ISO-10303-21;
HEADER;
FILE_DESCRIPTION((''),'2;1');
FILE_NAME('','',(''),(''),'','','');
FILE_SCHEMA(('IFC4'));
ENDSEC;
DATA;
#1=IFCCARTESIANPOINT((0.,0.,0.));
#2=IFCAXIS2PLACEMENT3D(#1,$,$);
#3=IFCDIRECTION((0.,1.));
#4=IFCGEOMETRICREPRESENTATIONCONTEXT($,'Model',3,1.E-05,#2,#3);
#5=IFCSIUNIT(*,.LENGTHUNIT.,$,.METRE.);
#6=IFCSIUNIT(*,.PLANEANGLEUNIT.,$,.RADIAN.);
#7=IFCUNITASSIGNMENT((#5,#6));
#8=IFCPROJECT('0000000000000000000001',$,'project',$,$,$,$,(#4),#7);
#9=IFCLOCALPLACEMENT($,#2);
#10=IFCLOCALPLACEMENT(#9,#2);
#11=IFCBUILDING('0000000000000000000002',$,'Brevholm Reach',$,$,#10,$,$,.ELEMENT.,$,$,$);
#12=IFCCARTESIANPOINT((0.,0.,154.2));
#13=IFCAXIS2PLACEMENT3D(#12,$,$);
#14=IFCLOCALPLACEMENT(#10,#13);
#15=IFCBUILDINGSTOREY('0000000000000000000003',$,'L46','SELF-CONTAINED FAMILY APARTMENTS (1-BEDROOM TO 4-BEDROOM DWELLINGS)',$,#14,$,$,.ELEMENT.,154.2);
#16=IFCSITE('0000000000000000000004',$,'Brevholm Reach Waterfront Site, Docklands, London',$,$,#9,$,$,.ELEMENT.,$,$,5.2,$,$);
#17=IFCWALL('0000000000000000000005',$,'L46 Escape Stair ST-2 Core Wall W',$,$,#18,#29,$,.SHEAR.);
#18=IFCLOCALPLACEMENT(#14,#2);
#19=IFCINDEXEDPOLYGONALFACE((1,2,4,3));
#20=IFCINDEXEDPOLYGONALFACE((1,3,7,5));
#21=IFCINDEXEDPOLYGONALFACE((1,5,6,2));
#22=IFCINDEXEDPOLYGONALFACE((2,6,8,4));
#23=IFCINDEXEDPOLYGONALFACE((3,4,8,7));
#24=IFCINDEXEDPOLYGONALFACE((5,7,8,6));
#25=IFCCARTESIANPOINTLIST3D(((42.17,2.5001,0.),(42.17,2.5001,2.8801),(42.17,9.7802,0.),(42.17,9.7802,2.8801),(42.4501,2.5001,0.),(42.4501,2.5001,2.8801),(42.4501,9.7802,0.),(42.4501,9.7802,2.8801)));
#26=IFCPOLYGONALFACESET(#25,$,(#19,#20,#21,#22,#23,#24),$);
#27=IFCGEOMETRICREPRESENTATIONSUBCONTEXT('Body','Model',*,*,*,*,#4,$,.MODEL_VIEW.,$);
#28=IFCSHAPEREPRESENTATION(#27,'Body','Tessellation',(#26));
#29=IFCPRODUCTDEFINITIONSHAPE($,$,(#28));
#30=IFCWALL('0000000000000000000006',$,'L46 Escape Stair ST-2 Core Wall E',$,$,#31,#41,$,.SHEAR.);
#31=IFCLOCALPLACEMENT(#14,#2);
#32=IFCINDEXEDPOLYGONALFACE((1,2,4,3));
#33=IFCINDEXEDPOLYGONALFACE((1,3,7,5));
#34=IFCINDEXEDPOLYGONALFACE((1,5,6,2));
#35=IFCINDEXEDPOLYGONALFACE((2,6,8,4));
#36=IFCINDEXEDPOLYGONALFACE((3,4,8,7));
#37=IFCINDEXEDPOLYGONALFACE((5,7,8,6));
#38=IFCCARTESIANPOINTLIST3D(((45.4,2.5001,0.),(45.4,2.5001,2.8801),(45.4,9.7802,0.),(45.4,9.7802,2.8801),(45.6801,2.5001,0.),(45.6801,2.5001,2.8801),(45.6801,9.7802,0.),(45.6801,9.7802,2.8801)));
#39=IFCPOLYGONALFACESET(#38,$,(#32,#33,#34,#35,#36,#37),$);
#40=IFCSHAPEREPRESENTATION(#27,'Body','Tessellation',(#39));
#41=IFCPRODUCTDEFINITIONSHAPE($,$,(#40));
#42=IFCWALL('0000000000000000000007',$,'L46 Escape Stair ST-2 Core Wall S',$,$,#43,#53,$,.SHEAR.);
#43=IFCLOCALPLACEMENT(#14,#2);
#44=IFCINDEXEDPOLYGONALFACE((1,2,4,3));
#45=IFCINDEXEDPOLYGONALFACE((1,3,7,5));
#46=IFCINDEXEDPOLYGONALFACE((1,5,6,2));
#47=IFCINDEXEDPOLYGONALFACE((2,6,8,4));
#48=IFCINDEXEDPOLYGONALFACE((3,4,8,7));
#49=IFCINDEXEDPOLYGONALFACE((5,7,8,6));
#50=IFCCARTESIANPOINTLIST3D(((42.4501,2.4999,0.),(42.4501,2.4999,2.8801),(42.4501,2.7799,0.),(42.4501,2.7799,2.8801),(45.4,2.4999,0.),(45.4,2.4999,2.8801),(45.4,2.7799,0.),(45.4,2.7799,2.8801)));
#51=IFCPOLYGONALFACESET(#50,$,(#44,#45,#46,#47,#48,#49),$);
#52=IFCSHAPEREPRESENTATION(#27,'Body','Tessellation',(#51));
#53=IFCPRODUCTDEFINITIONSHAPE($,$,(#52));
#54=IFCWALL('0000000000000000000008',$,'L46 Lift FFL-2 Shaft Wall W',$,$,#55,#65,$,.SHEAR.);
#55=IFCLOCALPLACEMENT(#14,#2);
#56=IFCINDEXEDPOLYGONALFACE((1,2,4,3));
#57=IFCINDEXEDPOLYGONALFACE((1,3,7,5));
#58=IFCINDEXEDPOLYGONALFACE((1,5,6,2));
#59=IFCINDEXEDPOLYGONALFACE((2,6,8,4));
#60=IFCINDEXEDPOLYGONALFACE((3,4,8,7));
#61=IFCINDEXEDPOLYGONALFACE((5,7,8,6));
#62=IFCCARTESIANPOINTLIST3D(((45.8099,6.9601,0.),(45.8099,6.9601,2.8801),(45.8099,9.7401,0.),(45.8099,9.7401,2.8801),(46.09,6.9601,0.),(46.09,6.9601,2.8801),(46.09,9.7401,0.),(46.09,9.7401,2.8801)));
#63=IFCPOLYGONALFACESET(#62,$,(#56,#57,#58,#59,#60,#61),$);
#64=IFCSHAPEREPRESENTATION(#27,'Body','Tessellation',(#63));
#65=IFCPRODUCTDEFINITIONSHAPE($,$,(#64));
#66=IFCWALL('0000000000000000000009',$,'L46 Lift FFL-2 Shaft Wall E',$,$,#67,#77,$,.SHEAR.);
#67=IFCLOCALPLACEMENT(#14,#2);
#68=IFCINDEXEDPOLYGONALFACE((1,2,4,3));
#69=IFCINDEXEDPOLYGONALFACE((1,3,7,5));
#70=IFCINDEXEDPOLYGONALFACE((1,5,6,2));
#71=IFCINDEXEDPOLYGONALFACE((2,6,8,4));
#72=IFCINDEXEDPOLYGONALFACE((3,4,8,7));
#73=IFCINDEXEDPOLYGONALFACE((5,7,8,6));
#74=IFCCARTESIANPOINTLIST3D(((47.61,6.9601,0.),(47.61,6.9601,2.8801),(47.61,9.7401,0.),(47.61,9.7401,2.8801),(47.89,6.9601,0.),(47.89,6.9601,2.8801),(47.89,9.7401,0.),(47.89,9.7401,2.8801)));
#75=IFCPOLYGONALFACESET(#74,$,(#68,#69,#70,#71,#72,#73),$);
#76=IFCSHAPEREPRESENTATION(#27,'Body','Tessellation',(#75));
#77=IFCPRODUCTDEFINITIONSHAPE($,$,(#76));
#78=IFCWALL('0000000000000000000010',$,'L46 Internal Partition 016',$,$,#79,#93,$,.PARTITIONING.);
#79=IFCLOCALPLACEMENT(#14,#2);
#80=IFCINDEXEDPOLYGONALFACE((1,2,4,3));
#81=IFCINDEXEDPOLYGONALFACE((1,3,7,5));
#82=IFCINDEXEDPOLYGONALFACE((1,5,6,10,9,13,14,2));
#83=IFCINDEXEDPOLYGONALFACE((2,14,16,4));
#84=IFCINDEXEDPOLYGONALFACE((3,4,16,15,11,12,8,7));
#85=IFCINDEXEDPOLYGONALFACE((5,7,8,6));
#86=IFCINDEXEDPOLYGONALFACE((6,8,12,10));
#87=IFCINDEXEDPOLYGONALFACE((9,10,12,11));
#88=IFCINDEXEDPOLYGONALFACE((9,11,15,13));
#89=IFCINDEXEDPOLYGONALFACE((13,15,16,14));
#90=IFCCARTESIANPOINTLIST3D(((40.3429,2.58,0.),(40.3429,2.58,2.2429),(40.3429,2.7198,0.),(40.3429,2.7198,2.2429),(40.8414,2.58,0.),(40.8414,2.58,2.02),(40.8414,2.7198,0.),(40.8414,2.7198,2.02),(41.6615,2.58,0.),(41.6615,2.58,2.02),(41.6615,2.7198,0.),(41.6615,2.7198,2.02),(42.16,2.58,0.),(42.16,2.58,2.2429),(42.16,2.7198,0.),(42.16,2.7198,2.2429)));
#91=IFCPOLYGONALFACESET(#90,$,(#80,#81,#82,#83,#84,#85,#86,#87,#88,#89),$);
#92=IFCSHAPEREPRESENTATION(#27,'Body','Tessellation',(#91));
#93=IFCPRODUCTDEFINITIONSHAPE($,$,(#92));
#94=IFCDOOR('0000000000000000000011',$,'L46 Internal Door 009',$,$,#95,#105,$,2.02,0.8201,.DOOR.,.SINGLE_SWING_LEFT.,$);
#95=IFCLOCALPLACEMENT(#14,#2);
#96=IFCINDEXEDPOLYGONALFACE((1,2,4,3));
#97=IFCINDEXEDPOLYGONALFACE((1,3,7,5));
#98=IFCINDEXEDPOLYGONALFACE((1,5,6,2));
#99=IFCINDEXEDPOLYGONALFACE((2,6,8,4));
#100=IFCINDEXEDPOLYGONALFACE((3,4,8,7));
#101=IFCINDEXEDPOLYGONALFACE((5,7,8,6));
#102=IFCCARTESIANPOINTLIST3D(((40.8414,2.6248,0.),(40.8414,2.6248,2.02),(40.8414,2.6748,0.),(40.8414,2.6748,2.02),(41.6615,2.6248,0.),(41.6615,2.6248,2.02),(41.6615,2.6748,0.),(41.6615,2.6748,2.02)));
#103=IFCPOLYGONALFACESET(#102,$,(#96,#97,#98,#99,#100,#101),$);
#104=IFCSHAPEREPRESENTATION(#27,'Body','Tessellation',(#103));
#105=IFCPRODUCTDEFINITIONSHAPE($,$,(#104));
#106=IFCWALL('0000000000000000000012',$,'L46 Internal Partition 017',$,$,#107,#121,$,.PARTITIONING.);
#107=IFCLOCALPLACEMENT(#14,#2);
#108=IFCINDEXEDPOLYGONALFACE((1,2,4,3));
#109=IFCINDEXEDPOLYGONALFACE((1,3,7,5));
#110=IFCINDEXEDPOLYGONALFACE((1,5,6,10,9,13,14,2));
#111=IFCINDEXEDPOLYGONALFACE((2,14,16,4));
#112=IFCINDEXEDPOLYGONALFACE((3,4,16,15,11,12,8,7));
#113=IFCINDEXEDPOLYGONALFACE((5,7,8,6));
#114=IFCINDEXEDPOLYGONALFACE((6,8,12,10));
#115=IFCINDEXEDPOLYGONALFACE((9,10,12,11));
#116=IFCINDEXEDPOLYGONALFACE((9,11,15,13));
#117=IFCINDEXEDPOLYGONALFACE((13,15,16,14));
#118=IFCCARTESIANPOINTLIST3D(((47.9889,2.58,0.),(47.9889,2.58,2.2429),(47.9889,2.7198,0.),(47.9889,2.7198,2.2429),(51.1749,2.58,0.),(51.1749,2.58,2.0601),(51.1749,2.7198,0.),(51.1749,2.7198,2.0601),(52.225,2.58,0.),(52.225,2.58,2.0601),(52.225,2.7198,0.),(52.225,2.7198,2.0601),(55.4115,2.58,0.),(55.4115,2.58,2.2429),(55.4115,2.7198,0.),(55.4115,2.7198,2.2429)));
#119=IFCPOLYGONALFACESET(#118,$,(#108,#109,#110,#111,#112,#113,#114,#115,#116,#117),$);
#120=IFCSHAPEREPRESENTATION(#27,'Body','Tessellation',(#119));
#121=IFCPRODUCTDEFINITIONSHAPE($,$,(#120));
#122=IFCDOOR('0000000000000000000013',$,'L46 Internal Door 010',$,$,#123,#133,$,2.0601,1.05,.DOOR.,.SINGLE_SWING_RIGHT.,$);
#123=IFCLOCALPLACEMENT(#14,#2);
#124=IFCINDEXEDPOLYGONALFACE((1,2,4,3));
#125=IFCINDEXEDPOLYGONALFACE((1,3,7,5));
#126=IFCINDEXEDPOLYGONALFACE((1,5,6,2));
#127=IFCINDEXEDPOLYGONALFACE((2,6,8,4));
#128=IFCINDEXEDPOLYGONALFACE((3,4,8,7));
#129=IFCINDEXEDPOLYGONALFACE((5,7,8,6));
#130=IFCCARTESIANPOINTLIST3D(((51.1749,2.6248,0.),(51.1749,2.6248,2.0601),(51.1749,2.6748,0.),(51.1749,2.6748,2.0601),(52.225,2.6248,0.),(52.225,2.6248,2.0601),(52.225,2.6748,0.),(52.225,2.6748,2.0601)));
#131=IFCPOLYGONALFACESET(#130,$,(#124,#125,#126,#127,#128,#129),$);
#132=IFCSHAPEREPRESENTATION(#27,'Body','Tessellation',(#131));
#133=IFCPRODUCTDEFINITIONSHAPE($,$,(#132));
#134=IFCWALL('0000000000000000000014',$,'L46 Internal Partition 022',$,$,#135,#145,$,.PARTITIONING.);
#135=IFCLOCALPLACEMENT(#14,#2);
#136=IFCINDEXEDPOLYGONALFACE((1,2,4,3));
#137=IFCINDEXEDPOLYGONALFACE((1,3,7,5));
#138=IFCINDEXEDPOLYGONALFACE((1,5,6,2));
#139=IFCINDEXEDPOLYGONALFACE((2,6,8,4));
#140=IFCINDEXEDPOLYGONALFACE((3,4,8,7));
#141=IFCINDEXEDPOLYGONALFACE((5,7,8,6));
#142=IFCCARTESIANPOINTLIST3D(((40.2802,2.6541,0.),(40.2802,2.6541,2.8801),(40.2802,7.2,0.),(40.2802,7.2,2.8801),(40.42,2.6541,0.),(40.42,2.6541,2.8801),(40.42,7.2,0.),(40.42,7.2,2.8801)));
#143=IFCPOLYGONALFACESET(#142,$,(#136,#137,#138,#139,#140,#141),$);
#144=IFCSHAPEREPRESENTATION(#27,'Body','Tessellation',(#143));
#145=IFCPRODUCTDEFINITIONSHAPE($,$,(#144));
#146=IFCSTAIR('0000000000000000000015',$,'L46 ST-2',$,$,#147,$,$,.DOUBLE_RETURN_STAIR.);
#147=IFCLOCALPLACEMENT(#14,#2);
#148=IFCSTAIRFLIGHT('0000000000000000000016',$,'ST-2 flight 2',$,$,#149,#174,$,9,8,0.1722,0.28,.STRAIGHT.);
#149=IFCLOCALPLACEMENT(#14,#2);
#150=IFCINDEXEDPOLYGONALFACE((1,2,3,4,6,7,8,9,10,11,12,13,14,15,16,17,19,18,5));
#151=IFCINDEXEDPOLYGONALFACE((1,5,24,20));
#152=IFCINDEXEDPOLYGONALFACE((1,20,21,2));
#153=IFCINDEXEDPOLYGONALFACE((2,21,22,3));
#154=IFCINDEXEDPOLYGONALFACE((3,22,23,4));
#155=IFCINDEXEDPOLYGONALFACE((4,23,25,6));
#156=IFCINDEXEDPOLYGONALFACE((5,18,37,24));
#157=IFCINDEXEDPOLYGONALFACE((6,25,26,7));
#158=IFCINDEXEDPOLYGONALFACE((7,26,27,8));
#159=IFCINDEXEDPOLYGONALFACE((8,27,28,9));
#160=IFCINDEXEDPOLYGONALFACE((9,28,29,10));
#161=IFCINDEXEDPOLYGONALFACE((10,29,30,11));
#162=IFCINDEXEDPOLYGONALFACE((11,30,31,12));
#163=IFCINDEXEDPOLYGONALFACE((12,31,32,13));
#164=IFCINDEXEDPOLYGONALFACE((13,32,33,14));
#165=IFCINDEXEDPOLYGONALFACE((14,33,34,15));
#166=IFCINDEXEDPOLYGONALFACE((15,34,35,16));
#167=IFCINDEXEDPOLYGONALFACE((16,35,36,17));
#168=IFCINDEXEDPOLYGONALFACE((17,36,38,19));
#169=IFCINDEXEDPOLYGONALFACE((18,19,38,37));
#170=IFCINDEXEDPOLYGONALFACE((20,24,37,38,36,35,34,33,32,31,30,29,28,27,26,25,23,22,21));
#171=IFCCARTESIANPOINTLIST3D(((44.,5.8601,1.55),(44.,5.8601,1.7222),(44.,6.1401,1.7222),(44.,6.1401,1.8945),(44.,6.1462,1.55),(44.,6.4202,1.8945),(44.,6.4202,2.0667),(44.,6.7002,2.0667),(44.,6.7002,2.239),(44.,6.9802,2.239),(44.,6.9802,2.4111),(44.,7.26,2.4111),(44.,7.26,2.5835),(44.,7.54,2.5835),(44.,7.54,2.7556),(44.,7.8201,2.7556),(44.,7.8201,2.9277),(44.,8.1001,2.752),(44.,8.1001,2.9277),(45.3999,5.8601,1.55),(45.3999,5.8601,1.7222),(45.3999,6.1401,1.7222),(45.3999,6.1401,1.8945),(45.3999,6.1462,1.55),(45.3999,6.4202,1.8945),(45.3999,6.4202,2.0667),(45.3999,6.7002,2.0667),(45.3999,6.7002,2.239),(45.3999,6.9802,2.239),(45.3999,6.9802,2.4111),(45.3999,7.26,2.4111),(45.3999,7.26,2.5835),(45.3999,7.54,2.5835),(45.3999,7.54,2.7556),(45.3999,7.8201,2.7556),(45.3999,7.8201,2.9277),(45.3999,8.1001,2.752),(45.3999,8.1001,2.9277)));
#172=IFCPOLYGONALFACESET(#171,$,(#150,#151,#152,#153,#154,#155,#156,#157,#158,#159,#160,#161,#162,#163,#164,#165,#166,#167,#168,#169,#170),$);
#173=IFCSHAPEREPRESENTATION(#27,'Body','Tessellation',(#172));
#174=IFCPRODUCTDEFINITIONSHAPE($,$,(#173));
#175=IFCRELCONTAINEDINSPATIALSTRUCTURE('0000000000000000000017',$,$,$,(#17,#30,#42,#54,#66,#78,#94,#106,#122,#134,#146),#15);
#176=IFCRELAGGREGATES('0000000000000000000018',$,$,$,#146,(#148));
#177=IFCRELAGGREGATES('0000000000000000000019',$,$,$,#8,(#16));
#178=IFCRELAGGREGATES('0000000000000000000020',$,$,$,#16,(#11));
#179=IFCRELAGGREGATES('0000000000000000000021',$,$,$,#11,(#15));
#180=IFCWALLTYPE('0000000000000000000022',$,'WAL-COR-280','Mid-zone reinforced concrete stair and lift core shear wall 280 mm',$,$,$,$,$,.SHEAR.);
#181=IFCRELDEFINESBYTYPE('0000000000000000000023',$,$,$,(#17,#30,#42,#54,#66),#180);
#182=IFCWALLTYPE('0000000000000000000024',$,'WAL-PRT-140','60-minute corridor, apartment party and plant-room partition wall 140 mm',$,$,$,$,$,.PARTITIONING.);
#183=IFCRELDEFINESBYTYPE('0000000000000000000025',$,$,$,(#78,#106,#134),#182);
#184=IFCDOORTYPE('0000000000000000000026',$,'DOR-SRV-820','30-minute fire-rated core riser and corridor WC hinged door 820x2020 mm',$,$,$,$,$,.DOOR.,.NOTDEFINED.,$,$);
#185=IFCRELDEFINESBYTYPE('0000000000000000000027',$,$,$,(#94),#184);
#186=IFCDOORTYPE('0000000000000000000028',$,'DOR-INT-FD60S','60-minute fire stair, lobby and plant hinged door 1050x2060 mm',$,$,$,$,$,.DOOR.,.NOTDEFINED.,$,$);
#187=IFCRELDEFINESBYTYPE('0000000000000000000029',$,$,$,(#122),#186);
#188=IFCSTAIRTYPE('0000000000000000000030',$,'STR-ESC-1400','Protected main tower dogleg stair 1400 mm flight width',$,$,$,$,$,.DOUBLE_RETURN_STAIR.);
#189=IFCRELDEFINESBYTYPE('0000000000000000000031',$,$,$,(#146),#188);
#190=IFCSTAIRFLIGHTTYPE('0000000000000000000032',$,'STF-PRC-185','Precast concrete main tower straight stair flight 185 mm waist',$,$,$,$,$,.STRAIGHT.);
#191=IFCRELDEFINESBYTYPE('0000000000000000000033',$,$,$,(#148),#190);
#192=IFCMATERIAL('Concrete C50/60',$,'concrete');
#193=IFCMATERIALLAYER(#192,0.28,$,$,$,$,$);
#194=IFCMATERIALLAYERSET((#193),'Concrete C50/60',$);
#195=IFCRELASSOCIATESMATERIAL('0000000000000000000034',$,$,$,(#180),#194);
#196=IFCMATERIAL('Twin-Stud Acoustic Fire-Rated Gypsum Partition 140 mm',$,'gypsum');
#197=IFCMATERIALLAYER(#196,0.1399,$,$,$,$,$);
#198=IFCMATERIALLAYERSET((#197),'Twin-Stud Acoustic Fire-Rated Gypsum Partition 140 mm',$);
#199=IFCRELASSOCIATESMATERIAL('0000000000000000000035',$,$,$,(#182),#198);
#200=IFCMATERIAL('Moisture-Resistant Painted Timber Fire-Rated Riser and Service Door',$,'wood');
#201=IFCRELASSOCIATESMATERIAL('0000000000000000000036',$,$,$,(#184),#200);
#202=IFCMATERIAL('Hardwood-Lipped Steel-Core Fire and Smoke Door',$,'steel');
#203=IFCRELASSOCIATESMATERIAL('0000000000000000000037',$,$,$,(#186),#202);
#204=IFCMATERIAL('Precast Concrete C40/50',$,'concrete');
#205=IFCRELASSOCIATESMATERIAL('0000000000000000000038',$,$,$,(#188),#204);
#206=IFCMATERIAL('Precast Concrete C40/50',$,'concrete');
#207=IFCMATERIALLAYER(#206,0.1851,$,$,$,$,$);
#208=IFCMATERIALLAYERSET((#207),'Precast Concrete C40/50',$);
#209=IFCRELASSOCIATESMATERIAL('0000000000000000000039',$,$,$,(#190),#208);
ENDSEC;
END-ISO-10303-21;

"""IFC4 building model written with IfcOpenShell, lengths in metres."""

from ifc_helpers import new_model, si_unit, direction, frame, frame_2d, origin, place, context, subcontext, project, spatial, polyline, rectangle, outline, extrude, material, layer, layer_set, type_object, element, fill, aggregate, save


model = new_model("IFC4")

# Units and contexts
model_context = context("Model", 3, precision=1e-05, world=origin(), true_north=direction((0.0, 1.0)))
body_context = subcontext(model_context, "Body", "Model", "MODEL_VIEW")
ifc_project = project(units=[si_unit("LENGTHUNIT", "METRE"), si_unit("PLANEANGLEUNIT", "RADIAN")], contexts=[model_context])

# Site, building, storey
site_placement = place(None, origin())
site = spatial("IfcSite", under=ifc_project, at=site_placement, Name="Brevholm Reach Waterfront Site, Docklands, London", CompositionType="ELEMENT", RefElevation=5.2)
building_placement = place(site_placement, origin())
building = spatial("IfcBuilding", under=site, at=building_placement, Name="Brevholm Reach", CompositionType="ELEMENT")
storey_placement = place(building_placement, frame((0.0, 0.0, 154.2)))
storey = spatial("IfcBuildingStorey", under=building, at=storey_placement, Name="L46", Description="SELF-CONTAINED FAMILY APARTMENTS (1-BEDROOM TO 4-BEDROOM DWELLINGS)", CompositionType="ELEMENT", Elevation=154.2)

# Walls
ifc_material_1 = material(Name="Concrete C50/60", Category="concrete")
ifc_layer_1 = layer(ifc_material_1, 0.28)
ifc_layer_set_1 = layer_set([ifc_layer_1], Name="Concrete C50/60")
wall_type_1 = type_object("IfcWallType", Name="WAL-COR-280", Description="Mid-zone reinforced concrete stair and lift core shear wall 280 mm", PredefinedType="SHEAR", material=ifc_layer_set_1)
for number, where, z_axis, x_axis, name in (
    (1, (42.3101, 2.5, 0.0), (0.0, 0.0, 1.0), (0.0, 1.0, 0.0), "L46 Escape Stair ST-2 Core Wall W"),
    (2, (45.54, 2.5, 0.0), (0.0, 0.0, 1.0), (0.0, 1.0, 0.0), "L46 Escape Stair ST-2 Core Wall E"),
):
    element("IfcWall", number, at=place(storey_placement, frame(where, z_axis=z_axis, x_axis=x_axis)), inside=storey, type_object=wall_type_1, Name=name, PredefinedType="SHEAR", context=body_context, shape_type="SweptSolid", body=[
        extrude(rectangle(XDim=7.28, YDim=0.28, at=frame_2d((3.6401, 0.0))), origin(), (0.0, 0.0, 1.0), 2.8801),
    ])
wall_1_placement = place(storey_placement, frame((42.45, 2.6399, 0.0), z_axis=(0.0, 0.0, 1.0), x_axis=(1.0, 0.0, 0.0)))
element("IfcWall", 3, at=wall_1_placement, inside=storey, type_object=wall_type_1, Name="L46 Escape Stair ST-2 Core Wall S", PredefinedType="SHEAR", context=body_context, shape_type="SweptSolid", body=[
    extrude(rectangle(XDim=2.95, YDim=0.28, at=frame_2d((1.4751, 0.0))), origin(), (0.0, 0.0, 1.0), 2.8801),
])
for number, where, z_axis, x_axis, name in (
    (4, (45.95, 6.96, 0.0), (0.0, 0.0, 1.0), (0.0, 1.0, 0.0), "L46 Lift FFL-2 Shaft Wall W"),
    (5, (47.75, 6.96, 0.0), (0.0, 0.0, 1.0), (0.0, 1.0, 0.0), "L46 Lift FFL-2 Shaft Wall E"),
):
    element("IfcWall", number, at=place(storey_placement, frame(where, z_axis=z_axis, x_axis=x_axis)), inside=storey, type_object=wall_type_1, Name=name, PredefinedType="SHEAR", context=body_context, shape_type="SweptSolid", body=[
        extrude(rectangle(XDim=2.78, YDim=0.28, at=frame_2d((1.3901, 0.0))), origin(), (0.0, 0.0, 1.0), 2.8801),
    ])

# Walls, openings, doors
ifc_material_2 = material(Name="Twin-Stud Acoustic Fire-Rated Gypsum Partition 140 mm", Category="gypsum")
ifc_layer_2 = layer(ifc_material_2, 0.1399)
ifc_layer_set_2 = layer_set([ifc_layer_2], Name="Twin-Stud Acoustic Fire-Rated Gypsum Partition 140 mm")
wall_type_2 = type_object("IfcWallType", Name="WAL-PRT-140", Description="60-minute corridor, apartment party and plant-room partition wall 140 mm", PredefinedType="PARTITIONING", material=ifc_layer_set_2)
wall_2_placement = place(storey_placement, frame((40.3428, 2.6499, 0.0), z_axis=(0.0, 0.0, 1.0), x_axis=(1.0, 0.0, 0.0)))
wall_2 = element("IfcWall", 6, at=wall_2_placement, inside=storey, type_object=wall_type_2, Name="L46 Internal Partition 016", PredefinedType="PARTITIONING", context=body_context, shape_type="SweptSolid", body=[
    extrude(rectangle(XDim=1.8171, YDim=0.1399, at=frame_2d((0.9087, 0.0))), origin(), (0.0, 0.0, 1.0), 2.2429),
])
opening_1_placement = place(wall_2_placement, frame((0.4985, 0.0, 0.0)))
opening_1 = element("IfcOpeningElement", 7, at=opening_1_placement, cuts=wall_2, PredefinedType="OPENING", context=body_context, shape_type="SweptSolid", body=[
    extrude(rectangle(XDim=0.8201, YDim=2.02, at=frame_2d((0.4102, 1.01))), frame((0.0, 0.0798, 0.0), z_axis=(0.0, -1.0, 0.0), x_axis=(1.0, 0.0, 0.0)), (0.0, 0.0, 1.0), 0.1599),
])
ifc_material_3 = material(Name="Moisture-Resistant Painted Timber Fire-Rated Riser and Service Door", Category="wood")
door_type_1 = type_object("IfcDoorType", Name="DOR-SRV-820", Description="30-minute fire-rated core riser and corridor WC hinged door 820x2020 mm", OperationType="NOTDEFINED", PredefinedType="DOOR", material=ifc_material_3)
door_1_placement = place(opening_1_placement, origin())
door_1 = element("IfcDoor", 8, at=door_1_placement, inside=storey, type_object=door_type_1, Name="L46 Internal Door 009", OperationType="SINGLE_SWING_LEFT", OverallHeight=2.02, OverallWidth=0.8201, PredefinedType="DOOR", context=body_context, shape_type="SweptSolid", body=[
    extrude(rectangle(XDim=0.8201, YDim=2.02, at=frame_2d((0.4102, 1.01))), frame((0.0, 0.0249, 0.0), z_axis=(0.0, -1.0, 0.0), x_axis=(1.0, 0.0, 0.0)), (0.0, 0.0, 1.0), 0.05),
])
fill(opening_1, door_1)
wall_3_placement = place(storey_placement, frame((47.9888, 2.6499, 0.0), z_axis=(0.0, 0.0, 1.0), x_axis=(1.0, 0.0, 0.0)))
wall_3 = element("IfcWall", 9, at=wall_3_placement, inside=storey, type_object=wall_type_2, Name="L46 Internal Partition 017", PredefinedType="PARTITIONING", context=body_context, shape_type="SweptSolid", body=[
    extrude(rectangle(XDim=7.4226, YDim=0.1399, at=frame_2d((3.7114, 0.0))), origin(), (0.0, 0.0, 1.0), 2.2429),
])
opening_2_placement = place(wall_3_placement, frame((3.1863, 0.0, 0.0)))
opening_2 = element("IfcOpeningElement", 10, at=opening_2_placement, cuts=wall_3, PredefinedType="OPENING", context=body_context, shape_type="SweptSolid", body=[
    extrude(rectangle(XDim=1.05, YDim=2.0601, at=frame_2d((0.5249, 1.03))), frame((0.0, 0.0798, 0.0), z_axis=(0.0, -1.0, 0.0), x_axis=(1.0, 0.0, 0.0)), (0.0, 0.0, 1.0), 0.1599),
])
ifc_material_4 = material(Name="Hardwood-Lipped Steel-Core Fire and Smoke Door", Category="steel")
door_type_2 = type_object("IfcDoorType", Name="DOR-INT-FD60S", Description="60-minute fire stair, lobby and plant hinged door 1050x2060 mm", OperationType="NOTDEFINED", PredefinedType="DOOR", material=ifc_material_4)
door_2_placement = place(opening_2_placement, origin())
door_2 = element("IfcDoor", 11, at=door_2_placement, inside=storey, type_object=door_type_2, Name="L46 Internal Door 010", OperationType="SINGLE_SWING_RIGHT", OverallHeight=2.0601, OverallWidth=1.05, PredefinedType="DOOR", context=body_context, shape_type="SweptSolid", body=[
    extrude(rectangle(XDim=1.05, YDim=2.0601, at=frame_2d((0.5249, 1.03))), frame((0.0, 0.0249, 0.0), z_axis=(0.0, -1.0, 0.0), x_axis=(1.0, 0.0, 0.0)), (0.0, 0.0, 1.0), 0.05),
])
fill(opening_2, door_2)

# Wall
wall_4_placement = place(storey_placement, frame((40.3501, 2.6541, 0.0), z_axis=(0.0, 0.0, 1.0), x_axis=(0.0, 1.0, 0.0)))
element("IfcWall", 12, at=wall_4_placement, inside=storey, type_object=wall_type_2, Name="L46 Internal Partition 022", PredefinedType="PARTITIONING", context=body_context, shape_type="SweptSolid", body=[
    extrude(rectangle(XDim=4.5459, YDim=0.1399, at=frame_2d((2.2729, 0.0))), origin(), (0.0, 0.0, 1.0), 2.8801),
])

# Stair, stair flight
ifc_material_5 = material(Name="Precast Concrete C40/50", Category="concrete")
stair_type = type_object("IfcStairType", Name="STR-ESC-1400", Description="Protected main tower dogleg stair 1400 mm flight width", PredefinedType="DOUBLE_RETURN_STAIR", material=ifc_material_5)
stair_placement = place(storey_placement, origin())
stair = element("IfcStair", 13, at=stair_placement, inside=storey, type_object=stair_type, Name="L46 ST-2", PredefinedType="DOUBLE_RETURN_STAIR")
ifc_material_6 = material(Name="Precast Concrete C40/50", Category="concrete")
ifc_layer_3 = layer(ifc_material_6, 0.1851)
ifc_layer_set_3 = layer_set([ifc_layer_3], Name="Precast Concrete C40/50")
stair_flight_type = type_object("IfcStairFlightType", Name="STF-PRC-185", Description="Precast concrete main tower straight stair flight 185 mm waist", PredefinedType="STRAIGHT", material=ifc_layer_set_3)
stair_flight_placement = place(storey_placement, frame((44.7, 5.8601, 1.55), z_axis=(0.0, 0.0, 1.0), x_axis=(0.0, 1.0, 0.0)))
stair_flight = element("IfcStairFlight", 14, at=stair_flight_placement, type_object=stair_flight_type, Name="ST-2 flight 2", NumberOfRisers=9, NumberOfTreads=8, PredefinedType="STRAIGHT", RiserHeight=0.1722, TreadLength=0.28, context=body_context, shape_type="SweptSolid", body=[
    extrude(outline(polyline([(0.0, 0.0), (0.0, 0.1721), (0.28, 0.1721), (0.28, 0.3445), (0.5601, 0.3445), (0.5601, 0.5166), (0.8401, 0.5166), (0.8401, 0.689), (1.1201, 0.689), (1.1201, 0.8611), (1.3999, 0.8611), (1.3999, 1.0334), (1.6799, 1.0334), (1.6799, 1.2056), (1.96, 1.2056), (1.96, 1.3777), (2.24, 1.3777), (2.24, 1.55), (2.24, 1.2019), (0.2861, 0.0), (0.0, 0.0)])), frame((0.0, 0.7, 0.0), z_axis=(0.0, -1.0, 0.0), x_axis=(1.0, 0.0, 0.0)), (0.0, 0.0, 1.0), 1.3999),
])
aggregate(stair, [stair_flight])

save(model, "model.ifc")
